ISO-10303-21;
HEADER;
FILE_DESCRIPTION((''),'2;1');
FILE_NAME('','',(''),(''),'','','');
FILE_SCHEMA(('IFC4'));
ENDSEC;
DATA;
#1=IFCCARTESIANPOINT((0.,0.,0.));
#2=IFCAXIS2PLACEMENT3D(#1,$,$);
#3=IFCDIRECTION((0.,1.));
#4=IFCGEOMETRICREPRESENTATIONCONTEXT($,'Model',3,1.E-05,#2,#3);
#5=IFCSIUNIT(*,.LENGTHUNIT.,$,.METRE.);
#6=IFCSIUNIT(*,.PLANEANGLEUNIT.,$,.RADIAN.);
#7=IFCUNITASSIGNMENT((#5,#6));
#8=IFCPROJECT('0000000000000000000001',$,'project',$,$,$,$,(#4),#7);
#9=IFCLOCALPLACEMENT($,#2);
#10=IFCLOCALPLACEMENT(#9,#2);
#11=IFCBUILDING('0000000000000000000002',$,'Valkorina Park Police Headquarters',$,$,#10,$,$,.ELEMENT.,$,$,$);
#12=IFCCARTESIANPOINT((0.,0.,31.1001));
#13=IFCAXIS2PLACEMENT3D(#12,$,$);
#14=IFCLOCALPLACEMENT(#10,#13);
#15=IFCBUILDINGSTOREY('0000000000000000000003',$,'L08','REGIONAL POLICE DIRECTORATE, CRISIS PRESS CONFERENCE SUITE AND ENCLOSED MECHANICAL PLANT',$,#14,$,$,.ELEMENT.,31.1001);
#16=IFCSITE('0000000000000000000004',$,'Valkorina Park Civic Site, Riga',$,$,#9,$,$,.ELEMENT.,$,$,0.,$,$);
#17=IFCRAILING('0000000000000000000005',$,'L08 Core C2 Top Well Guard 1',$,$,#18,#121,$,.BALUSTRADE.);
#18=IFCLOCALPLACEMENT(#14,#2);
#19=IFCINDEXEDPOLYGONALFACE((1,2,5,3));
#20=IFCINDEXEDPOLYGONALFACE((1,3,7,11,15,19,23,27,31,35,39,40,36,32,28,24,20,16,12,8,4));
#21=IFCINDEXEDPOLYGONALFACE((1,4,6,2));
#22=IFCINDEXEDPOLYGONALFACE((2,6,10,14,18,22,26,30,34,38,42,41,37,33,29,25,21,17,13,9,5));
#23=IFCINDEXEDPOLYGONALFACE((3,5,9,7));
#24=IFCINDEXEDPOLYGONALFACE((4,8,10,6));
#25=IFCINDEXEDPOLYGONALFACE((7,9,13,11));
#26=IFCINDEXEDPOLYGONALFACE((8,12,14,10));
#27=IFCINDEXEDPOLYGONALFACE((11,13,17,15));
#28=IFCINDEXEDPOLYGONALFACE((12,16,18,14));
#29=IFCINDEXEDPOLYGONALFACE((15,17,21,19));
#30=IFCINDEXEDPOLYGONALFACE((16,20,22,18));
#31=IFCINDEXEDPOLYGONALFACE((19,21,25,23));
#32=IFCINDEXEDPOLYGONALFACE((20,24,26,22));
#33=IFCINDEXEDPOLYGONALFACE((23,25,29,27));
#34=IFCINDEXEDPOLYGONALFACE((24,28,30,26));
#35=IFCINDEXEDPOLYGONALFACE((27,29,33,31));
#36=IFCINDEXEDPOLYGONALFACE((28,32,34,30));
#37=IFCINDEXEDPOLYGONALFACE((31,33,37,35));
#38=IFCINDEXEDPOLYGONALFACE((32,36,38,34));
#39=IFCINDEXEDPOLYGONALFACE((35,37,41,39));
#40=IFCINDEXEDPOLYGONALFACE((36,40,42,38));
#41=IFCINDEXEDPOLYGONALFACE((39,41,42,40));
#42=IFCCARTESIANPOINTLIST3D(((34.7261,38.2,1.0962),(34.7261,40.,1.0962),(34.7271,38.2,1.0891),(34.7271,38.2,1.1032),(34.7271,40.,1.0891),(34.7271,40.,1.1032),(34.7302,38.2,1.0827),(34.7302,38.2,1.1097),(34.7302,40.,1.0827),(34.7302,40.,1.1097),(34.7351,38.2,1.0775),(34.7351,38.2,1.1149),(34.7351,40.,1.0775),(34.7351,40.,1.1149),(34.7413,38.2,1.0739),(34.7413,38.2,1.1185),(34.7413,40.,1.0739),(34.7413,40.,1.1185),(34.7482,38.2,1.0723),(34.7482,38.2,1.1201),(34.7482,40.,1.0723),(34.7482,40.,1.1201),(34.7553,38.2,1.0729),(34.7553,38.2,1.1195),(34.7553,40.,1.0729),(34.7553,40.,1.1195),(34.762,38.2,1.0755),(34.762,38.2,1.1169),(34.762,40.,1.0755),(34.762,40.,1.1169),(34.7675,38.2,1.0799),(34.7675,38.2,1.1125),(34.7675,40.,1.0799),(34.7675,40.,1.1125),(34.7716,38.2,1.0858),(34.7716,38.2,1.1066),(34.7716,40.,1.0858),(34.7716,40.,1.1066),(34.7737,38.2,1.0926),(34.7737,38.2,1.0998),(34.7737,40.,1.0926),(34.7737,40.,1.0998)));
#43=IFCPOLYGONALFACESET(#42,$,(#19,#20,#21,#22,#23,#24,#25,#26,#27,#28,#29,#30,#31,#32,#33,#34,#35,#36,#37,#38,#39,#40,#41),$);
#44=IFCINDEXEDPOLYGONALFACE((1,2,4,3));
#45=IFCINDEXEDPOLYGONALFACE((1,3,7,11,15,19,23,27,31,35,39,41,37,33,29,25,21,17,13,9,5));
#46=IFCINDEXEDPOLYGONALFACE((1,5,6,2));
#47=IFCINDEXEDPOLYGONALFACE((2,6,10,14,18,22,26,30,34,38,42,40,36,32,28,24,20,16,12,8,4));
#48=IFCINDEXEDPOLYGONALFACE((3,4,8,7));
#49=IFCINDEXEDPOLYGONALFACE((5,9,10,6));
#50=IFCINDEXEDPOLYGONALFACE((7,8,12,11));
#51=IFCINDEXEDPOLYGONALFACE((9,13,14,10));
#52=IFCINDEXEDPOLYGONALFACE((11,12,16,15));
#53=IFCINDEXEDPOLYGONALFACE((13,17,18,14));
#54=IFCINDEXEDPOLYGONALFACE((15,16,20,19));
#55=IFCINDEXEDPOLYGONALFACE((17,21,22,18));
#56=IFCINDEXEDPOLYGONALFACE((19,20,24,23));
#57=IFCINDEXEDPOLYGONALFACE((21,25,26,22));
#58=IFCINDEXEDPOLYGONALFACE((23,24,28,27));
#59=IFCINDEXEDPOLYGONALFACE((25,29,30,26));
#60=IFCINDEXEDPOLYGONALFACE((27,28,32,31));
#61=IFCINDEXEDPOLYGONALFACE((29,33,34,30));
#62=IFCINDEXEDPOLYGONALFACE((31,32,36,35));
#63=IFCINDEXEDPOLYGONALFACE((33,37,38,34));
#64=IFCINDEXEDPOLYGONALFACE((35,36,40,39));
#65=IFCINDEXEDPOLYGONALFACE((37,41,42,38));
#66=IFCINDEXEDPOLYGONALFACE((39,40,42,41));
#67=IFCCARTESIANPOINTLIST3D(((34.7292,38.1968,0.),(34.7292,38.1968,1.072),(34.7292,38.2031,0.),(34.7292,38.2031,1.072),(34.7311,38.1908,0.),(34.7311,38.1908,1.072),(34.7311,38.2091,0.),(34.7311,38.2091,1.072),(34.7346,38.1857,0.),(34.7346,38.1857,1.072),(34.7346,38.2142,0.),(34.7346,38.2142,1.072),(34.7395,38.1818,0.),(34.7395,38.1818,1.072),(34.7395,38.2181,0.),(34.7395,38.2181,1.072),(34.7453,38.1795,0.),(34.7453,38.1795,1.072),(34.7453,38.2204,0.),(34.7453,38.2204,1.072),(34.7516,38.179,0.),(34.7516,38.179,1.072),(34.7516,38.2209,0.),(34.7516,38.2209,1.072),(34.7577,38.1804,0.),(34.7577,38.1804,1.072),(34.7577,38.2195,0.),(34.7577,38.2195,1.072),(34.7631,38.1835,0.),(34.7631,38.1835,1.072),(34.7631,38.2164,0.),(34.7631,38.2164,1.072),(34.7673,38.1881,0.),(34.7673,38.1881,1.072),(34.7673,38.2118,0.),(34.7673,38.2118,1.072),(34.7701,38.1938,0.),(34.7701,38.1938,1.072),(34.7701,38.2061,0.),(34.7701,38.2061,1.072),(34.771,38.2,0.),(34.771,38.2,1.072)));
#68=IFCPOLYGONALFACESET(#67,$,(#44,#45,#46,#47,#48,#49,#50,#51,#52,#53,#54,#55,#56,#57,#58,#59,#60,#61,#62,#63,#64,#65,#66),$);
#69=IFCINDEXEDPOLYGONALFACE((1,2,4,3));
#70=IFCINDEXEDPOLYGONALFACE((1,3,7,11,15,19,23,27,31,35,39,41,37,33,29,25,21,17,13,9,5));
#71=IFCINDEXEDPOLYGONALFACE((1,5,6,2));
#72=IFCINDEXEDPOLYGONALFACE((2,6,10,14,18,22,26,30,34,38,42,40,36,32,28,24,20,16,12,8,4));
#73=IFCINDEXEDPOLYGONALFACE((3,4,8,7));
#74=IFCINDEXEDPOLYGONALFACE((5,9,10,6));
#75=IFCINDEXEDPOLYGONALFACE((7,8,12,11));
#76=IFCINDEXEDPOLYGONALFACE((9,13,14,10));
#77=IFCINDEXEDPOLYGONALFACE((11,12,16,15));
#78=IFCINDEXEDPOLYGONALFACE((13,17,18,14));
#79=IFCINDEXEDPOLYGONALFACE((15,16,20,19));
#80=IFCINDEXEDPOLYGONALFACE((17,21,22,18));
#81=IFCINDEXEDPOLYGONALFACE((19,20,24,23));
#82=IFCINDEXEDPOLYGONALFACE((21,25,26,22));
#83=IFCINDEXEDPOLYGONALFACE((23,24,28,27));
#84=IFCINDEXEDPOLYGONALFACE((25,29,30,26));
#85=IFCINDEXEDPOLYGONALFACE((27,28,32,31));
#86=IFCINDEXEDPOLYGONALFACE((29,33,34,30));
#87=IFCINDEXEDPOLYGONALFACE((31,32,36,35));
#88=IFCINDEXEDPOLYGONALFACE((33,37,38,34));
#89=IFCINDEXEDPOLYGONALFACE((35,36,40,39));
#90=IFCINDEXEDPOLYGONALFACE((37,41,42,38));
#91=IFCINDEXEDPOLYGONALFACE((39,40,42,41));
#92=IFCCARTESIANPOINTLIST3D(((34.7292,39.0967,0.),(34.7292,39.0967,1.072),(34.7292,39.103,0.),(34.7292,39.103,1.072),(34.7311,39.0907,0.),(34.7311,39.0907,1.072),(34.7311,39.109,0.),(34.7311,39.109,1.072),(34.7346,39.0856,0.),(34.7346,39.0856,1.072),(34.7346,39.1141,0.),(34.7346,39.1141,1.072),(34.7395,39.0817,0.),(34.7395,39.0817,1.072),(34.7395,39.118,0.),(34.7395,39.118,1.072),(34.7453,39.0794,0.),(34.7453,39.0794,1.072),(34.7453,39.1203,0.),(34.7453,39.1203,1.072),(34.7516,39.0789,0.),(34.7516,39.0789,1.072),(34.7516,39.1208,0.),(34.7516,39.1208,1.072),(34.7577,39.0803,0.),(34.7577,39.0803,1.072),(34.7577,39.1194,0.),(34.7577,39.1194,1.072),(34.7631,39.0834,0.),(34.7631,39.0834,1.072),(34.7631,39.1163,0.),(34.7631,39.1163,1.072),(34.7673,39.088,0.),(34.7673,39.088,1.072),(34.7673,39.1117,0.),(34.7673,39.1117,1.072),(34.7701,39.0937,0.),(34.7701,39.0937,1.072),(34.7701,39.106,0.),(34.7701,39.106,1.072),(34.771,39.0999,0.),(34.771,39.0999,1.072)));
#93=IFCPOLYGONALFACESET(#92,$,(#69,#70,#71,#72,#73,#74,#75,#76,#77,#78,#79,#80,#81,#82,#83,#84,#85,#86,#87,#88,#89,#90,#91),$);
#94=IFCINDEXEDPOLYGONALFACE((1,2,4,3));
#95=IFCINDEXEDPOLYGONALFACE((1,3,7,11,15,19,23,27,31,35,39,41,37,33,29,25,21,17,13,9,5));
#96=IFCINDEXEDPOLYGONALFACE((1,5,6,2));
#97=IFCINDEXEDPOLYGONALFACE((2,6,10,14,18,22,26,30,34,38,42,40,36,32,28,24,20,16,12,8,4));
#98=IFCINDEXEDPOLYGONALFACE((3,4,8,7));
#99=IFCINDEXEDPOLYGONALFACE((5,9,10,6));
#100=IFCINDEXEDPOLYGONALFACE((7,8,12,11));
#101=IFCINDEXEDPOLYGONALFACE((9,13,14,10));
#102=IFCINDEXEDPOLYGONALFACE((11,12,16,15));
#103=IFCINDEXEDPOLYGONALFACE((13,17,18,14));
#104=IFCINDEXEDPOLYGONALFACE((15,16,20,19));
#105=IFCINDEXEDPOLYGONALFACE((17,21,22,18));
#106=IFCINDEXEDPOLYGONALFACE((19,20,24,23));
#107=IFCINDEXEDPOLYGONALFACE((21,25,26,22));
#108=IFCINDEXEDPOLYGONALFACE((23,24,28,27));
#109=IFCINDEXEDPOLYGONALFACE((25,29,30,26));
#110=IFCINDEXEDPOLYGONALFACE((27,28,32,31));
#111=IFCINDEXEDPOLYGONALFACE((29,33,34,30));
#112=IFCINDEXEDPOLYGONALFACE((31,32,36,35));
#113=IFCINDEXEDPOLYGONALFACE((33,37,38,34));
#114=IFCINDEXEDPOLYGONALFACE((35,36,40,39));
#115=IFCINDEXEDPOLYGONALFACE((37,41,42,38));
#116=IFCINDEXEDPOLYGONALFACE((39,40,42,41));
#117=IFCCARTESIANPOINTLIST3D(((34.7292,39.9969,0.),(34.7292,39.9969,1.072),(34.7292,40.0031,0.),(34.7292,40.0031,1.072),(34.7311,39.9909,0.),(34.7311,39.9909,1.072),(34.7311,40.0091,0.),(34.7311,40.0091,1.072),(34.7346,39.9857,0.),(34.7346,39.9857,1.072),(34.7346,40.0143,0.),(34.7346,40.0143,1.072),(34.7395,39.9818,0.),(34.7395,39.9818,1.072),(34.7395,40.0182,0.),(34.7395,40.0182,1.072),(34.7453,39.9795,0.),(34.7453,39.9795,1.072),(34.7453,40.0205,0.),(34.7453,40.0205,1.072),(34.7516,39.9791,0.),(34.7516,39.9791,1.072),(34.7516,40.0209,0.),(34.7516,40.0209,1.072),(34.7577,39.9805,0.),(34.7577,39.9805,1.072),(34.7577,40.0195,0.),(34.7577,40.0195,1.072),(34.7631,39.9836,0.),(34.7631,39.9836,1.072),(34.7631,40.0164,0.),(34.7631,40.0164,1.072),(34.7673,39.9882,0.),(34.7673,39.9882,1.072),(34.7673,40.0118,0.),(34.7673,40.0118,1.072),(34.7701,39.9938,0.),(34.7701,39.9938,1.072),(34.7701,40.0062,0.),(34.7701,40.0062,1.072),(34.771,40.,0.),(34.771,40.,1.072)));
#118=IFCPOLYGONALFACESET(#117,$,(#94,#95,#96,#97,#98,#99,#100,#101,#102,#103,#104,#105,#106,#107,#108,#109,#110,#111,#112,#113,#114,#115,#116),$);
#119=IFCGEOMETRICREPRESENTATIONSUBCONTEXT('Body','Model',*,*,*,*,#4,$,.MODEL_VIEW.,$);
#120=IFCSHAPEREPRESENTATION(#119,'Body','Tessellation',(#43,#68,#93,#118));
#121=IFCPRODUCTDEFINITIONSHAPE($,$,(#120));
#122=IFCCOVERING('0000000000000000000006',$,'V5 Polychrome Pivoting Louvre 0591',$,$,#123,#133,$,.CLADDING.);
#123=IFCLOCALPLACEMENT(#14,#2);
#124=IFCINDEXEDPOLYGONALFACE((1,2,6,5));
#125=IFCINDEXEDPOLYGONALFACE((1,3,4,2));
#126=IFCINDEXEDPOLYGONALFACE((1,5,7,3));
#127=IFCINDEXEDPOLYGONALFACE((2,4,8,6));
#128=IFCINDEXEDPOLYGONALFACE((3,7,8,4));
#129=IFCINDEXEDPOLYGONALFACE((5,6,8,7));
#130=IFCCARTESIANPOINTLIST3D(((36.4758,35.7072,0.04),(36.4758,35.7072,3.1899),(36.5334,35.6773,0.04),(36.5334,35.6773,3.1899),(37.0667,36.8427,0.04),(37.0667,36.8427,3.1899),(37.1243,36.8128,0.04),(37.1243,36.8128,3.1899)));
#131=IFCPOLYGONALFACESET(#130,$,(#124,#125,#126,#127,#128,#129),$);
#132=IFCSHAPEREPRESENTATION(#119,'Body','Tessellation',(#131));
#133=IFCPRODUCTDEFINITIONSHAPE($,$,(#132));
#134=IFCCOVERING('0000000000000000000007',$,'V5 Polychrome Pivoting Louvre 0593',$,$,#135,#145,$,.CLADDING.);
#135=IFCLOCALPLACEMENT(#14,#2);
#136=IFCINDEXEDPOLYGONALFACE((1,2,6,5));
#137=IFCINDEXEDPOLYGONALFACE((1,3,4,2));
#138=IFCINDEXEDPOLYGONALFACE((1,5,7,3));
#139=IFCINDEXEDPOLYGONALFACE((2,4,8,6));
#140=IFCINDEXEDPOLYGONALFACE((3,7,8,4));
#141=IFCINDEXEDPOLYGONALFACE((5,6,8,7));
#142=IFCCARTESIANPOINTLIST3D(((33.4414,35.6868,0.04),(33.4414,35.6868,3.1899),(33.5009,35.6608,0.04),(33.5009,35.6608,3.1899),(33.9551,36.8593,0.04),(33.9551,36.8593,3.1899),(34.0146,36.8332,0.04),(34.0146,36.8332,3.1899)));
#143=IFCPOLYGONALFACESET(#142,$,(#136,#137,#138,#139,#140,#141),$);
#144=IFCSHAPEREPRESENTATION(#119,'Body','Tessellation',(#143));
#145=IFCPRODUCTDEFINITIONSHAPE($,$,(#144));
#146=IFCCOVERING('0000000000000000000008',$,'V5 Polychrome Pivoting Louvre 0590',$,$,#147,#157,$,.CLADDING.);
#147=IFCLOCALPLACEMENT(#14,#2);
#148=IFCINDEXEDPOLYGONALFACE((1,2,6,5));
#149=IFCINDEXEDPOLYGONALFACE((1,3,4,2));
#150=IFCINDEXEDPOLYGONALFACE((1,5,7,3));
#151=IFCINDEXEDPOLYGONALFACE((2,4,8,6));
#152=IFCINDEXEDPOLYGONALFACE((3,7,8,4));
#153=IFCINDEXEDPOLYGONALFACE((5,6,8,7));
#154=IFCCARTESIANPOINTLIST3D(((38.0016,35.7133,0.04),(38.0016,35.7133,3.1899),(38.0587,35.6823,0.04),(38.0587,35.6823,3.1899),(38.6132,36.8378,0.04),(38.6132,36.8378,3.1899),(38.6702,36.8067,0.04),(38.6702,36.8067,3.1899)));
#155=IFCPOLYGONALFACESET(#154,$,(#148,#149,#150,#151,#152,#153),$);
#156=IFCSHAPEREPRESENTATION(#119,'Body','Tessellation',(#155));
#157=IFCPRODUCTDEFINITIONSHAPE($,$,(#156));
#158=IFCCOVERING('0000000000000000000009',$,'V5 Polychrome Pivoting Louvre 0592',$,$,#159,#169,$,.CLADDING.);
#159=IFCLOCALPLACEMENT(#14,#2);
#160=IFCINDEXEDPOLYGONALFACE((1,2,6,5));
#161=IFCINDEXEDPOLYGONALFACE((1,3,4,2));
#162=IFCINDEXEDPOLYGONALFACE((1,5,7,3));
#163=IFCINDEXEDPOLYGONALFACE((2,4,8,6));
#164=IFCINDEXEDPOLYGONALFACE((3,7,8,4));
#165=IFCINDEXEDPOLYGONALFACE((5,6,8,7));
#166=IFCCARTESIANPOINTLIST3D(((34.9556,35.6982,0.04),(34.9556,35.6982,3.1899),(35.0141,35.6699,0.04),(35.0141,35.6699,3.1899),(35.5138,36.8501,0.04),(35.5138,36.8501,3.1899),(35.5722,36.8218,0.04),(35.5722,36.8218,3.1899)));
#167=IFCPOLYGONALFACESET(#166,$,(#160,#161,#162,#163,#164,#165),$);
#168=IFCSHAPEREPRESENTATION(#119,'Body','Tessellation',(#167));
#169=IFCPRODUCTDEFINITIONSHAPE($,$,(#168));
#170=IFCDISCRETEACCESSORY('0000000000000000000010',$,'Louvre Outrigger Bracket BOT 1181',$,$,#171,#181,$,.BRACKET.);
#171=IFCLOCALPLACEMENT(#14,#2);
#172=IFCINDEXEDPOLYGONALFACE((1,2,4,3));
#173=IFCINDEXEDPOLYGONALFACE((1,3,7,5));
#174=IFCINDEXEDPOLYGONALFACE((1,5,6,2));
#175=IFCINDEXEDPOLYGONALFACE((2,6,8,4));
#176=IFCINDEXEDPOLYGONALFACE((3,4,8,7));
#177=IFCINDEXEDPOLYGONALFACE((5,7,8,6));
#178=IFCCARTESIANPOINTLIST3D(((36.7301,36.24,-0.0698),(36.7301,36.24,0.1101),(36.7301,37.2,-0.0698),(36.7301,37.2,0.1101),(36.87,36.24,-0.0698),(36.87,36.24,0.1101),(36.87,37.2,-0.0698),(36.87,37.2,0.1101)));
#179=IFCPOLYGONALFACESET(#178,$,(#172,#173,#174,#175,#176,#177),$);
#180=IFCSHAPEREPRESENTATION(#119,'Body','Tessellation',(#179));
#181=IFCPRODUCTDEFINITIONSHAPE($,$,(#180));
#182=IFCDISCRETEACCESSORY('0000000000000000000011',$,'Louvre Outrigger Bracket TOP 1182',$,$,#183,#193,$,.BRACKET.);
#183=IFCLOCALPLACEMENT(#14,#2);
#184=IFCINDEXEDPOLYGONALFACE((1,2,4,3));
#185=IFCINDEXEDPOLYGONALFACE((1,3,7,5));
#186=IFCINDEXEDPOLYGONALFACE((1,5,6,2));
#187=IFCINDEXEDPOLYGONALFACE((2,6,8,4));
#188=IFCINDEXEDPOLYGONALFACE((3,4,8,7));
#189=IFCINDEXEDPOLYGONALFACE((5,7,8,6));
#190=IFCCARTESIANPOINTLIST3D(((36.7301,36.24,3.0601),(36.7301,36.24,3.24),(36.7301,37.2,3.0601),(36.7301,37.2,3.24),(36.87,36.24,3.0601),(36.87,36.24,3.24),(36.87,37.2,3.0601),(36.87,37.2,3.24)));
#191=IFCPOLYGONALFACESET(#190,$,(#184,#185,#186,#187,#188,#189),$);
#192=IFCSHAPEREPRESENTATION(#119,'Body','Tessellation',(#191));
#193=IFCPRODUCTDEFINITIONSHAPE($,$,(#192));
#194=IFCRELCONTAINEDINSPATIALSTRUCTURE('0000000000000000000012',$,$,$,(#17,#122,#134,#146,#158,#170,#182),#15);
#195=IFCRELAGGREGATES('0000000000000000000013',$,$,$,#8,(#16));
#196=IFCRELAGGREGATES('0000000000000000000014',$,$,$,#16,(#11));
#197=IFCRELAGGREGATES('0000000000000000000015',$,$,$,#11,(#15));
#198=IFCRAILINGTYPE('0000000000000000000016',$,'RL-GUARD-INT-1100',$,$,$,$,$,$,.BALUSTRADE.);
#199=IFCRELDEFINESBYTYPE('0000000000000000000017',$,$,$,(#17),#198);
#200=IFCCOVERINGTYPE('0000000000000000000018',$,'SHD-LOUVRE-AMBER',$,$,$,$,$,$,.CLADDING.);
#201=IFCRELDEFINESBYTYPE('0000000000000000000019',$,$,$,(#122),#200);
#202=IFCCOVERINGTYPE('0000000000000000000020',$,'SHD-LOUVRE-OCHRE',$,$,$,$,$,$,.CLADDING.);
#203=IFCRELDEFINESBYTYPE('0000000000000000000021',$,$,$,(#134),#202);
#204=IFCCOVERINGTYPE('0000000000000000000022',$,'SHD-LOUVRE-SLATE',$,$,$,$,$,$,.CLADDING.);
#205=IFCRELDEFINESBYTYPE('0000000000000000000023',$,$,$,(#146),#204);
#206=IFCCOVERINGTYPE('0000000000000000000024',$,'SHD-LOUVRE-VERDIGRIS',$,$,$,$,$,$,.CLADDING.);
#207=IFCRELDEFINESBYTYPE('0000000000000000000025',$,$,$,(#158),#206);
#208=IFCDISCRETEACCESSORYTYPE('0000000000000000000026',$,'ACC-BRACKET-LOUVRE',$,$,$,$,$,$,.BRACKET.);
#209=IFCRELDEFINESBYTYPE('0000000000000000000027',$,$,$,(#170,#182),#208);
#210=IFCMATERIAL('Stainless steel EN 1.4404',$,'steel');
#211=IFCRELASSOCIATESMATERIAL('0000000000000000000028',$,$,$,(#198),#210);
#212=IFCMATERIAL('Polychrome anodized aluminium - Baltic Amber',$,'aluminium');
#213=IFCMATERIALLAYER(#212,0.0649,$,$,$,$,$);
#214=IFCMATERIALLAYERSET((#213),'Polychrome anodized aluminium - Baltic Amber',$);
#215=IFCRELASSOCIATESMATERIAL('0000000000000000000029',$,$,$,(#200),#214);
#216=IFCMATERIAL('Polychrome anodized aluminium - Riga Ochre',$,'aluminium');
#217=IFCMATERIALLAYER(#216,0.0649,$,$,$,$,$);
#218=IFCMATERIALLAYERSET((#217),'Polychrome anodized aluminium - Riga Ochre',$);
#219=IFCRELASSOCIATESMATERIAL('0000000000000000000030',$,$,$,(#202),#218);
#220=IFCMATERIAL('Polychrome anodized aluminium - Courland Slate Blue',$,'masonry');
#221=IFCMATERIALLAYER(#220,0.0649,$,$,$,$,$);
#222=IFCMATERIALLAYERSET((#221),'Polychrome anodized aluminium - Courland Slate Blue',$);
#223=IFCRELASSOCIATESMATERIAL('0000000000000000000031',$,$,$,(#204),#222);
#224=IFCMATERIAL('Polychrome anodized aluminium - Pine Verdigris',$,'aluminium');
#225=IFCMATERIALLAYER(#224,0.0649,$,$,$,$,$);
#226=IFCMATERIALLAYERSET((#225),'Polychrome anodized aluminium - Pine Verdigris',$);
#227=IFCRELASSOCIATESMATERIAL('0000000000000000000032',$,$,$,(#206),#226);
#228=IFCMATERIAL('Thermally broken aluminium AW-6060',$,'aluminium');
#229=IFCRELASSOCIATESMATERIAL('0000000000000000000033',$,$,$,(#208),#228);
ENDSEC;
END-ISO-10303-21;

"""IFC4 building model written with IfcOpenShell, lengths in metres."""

from ifc_helpers import new_model, si_unit, direction, frame, origin, origin_2d, place, context, subcontext, project, spatial, rectangle, circle, extrude, material, layer, layer_set, type_object, element, save


model = new_model("IFC4")

# Units and contexts
model_context = context("Model", 3, precision=1e-05, world=origin(), true_north=direction((0.0, 1.0)))
body_context = subcontext(model_context, "Body", "Model", "MODEL_VIEW")
ifc_project = project(units=[si_unit("LENGTHUNIT", "METRE"), si_unit("PLANEANGLEUNIT", "RADIAN")], contexts=[model_context])

# Site, building, storey
site_placement = place(None, origin())
site = spatial("IfcSite", under=ifc_project, at=site_placement, Name="Valkorina Park Civic Site, Riga", CompositionType="ELEMENT", RefElevation=0.0)
building_placement = place(site_placement, origin())
building = spatial("IfcBuilding", under=site, at=building_placement, Name="Valkorina Park Police Headquarters", CompositionType="ELEMENT")
storey_placement = place(building_placement, frame((0.0, 0.0, 31.1001)))
storey = spatial("IfcBuildingStorey", under=building, at=storey_placement, Name="L08", Description="REGIONAL POLICE DIRECTORATE, CRISIS PRESS CONFERENCE SUITE AND ENCLOSED MECHANICAL PLANT", CompositionType="ELEMENT", Elevation=31.1001)

# Shared definitions
ifc_material_1 = material(Name="Thermally broken aluminium AW-6060", Category="aluminium")

# Railing
ifc_material_2 = material(Name="Stainless steel EN 1.4404", Category="steel")
railing_type = type_object("IfcRailingType", Name="RL-GUARD-INT-1100", PredefinedType="BALUSTRADE", material=ifc_material_2)
railing_placement = place(storey_placement, frame((34.75, 38.2, 0.0)))
element("IfcRailing", 1, at=railing_placement, inside=storey, type_object=railing_type, Name="L08 Core C2 Top Well Guard 1", PredefinedType="BALUSTRADE", context=body_context, shape_type="SweptSolid", body=[
    extrude(circle(Radius=0.0239, at=origin_2d()), frame((0.0, 0.0, 1.0962), z_axis=(0.0, 1.0, 0.0), x_axis=(-1.0, 0.0, 0.0)), (0.0, 0.0, 1.0), 1.8),
    extrude(circle(Radius=0.021, at=origin_2d()), origin(), (0.0, 0.0, 1.0), 1.072),
    extrude(circle(Radius=0.021, at=origin_2d()), frame((0.0, 0.8999, 0.0)), (0.0, 0.0, 1.0), 1.072),
    extrude(circle(Radius=0.021, at=origin_2d()), frame((0.0, 1.8, 0.0)), (0.0, 0.0, 1.0), 1.072),
])

# Coverings
ifc_material_3 = material(Name="Polychrome anodized aluminium - Baltic Amber", Category="aluminium")
ifc_layer_1 = layer(ifc_material_3, 0.0649)
ifc_layer_set_1 = layer_set([ifc_layer_1], Name="Polychrome anodized aluminium - Baltic Amber")
covering_type_1 = type_object("IfcCoveringType", Name="SHD-LOUVRE-AMBER", PredefinedType="CLADDING", material=ifc_layer_set_1)
covering_1_placement = place(storey_placement, frame((36.8, 36.26, 0.04), z_axis=(0.0, 0.0, 1.0), x_axis=(-0.461594, -0.887091, 0.0)))
element("IfcCovering", 2, at=covering_1_placement, inside=storey, type_object=covering_type_1, Name="V5 Polychrome Pivoting Louvre 0591", PredefinedType="CLADDING", context=body_context, shape_type="SweptSolid", body=[
    extrude(rectangle(XDim=1.28, YDim=0.0649, at=origin_2d()), origin(), (0.0, 0.0, 1.0), 3.1499),
])
ifc_material_4 = material(Name="Polychrome anodized aluminium - Riga Ochre", Category="aluminium")
ifc_layer_2 = layer(ifc_material_4, 0.0649)
ifc_layer_set_2 = layer_set([ifc_layer_2], Name="Polychrome anodized aluminium - Riga Ochre")
covering_type_2 = type_object("IfcCoveringType", Name="SHD-LOUVRE-OCHRE", PredefinedType="CLADDING", material=ifc_layer_set_2)
covering_2_placement = place(storey_placement, frame((33.728, 36.26, 0.04), z_axis=(0.0, 0.0, 1.0), x_axis=(-0.401308, -0.915943, 0.0)))
element("IfcCovering", 3, at=covering_2_placement, inside=storey, type_object=covering_type_2, Name="V5 Polychrome Pivoting Louvre 0593", PredefinedType="CLADDING", context=body_context, shape_type="SweptSolid", body=[
    extrude(rectangle(XDim=1.28, YDim=0.0649, at=origin_2d()), origin(), (0.0, 0.0, 1.0), 3.1499),
])
ifc_material_5 = material(Name="Polychrome anodized aluminium - Courland Slate Blue", Category="masonry")
ifc_layer_3 = layer(ifc_material_5, 0.0649)
ifc_layer_set_3 = layer_set([ifc_layer_3], Name="Polychrome anodized aluminium - Courland Slate Blue")
covering_type_3 = type_object("IfcCoveringType", Name="SHD-LOUVRE-SLATE", PredefinedType="CLADDING", material=ifc_layer_set_3)
covering_3_placement = place(storey_placement, frame((38.3359, 36.26, 0.04), z_axis=(0.0, 0.0, 1.0), x_axis=(-0.477772, -0.878484, 0.0)))
element("IfcCovering", 4, at=covering_3_placement, inside=storey, type_object=covering_type_3, Name="V5 Polychrome Pivoting Louvre 0590", PredefinedType="CLADDING", context=body_context, shape_type="SweptSolid", body=[
    extrude(rectangle(XDim=1.28, YDim=0.0649, at=origin_2d()), origin(), (0.0, 0.0, 1.0), 3.1499),
])
ifc_material_6 = material(Name="Polychrome anodized aluminium - Pine Verdigris", Category="aluminium")
ifc_layer_4 = layer(ifc_material_6, 0.0649)
ifc_layer_set_4 = layer_set([ifc_layer_4], Name="Polychrome anodized aluminium - Pine Verdigris")
covering_type_4 = type_object("IfcCoveringType", Name="SHD-LOUVRE-VERDIGRIS", PredefinedType="CLADDING", material=ifc_layer_set_4)
covering_4_placement = place(storey_placement, frame((35.2639, 36.26, 0.04), z_axis=(0.0, 0.0, 1.0), x_axis=(-0.436017, -0.899939, 0.0)))
element("IfcCovering", 5, at=covering_4_placement, inside=storey, type_object=covering_type_4, Name="V5 Polychrome Pivoting Louvre 0592", PredefinedType="CLADDING", context=body_context, shape_type="SweptSolid", body=[
    extrude(rectangle(XDim=1.28, YDim=0.0649, at=origin_2d()), origin(), (0.0, 0.0, 1.0), 3.1499),
])

# Discrete accessories
discrete_accessory_type = type_object("IfcDiscreteAccessoryType", Name="ACC-BRACKET-LOUVRE", PredefinedType="BRACKET", material=ifc_material_1)
for number, where, z_axis, x_axis, name in (
    (6, (36.8, 36.72, -0.0698), (0.0, 0.0, 1.0), (0.0, -1.0, 0.0), "Louvre Outrigger Bracket BOT 1181"),
    (7, (36.8, 36.72, 3.0601), (0.0, 0.0, 1.0), (0.0, -1.0, 0.0), "Louvre Outrigger Bracket TOP 1182"),
):
    element("IfcDiscreteAccessory", number, at=place(storey_placement, frame(where, z_axis=z_axis, x_axis=x_axis)), inside=storey, type_object=discrete_accessory_type, Name=name, PredefinedType="BRACKET", context=body_context, shape_type="SweptSolid", body=[
        extrude(rectangle(XDim=0.96, YDim=0.1399, at=origin_2d()), origin(), (0.0, 0.0, 1.0), 0.1799),
    ])

save(model, "model.ifc")
